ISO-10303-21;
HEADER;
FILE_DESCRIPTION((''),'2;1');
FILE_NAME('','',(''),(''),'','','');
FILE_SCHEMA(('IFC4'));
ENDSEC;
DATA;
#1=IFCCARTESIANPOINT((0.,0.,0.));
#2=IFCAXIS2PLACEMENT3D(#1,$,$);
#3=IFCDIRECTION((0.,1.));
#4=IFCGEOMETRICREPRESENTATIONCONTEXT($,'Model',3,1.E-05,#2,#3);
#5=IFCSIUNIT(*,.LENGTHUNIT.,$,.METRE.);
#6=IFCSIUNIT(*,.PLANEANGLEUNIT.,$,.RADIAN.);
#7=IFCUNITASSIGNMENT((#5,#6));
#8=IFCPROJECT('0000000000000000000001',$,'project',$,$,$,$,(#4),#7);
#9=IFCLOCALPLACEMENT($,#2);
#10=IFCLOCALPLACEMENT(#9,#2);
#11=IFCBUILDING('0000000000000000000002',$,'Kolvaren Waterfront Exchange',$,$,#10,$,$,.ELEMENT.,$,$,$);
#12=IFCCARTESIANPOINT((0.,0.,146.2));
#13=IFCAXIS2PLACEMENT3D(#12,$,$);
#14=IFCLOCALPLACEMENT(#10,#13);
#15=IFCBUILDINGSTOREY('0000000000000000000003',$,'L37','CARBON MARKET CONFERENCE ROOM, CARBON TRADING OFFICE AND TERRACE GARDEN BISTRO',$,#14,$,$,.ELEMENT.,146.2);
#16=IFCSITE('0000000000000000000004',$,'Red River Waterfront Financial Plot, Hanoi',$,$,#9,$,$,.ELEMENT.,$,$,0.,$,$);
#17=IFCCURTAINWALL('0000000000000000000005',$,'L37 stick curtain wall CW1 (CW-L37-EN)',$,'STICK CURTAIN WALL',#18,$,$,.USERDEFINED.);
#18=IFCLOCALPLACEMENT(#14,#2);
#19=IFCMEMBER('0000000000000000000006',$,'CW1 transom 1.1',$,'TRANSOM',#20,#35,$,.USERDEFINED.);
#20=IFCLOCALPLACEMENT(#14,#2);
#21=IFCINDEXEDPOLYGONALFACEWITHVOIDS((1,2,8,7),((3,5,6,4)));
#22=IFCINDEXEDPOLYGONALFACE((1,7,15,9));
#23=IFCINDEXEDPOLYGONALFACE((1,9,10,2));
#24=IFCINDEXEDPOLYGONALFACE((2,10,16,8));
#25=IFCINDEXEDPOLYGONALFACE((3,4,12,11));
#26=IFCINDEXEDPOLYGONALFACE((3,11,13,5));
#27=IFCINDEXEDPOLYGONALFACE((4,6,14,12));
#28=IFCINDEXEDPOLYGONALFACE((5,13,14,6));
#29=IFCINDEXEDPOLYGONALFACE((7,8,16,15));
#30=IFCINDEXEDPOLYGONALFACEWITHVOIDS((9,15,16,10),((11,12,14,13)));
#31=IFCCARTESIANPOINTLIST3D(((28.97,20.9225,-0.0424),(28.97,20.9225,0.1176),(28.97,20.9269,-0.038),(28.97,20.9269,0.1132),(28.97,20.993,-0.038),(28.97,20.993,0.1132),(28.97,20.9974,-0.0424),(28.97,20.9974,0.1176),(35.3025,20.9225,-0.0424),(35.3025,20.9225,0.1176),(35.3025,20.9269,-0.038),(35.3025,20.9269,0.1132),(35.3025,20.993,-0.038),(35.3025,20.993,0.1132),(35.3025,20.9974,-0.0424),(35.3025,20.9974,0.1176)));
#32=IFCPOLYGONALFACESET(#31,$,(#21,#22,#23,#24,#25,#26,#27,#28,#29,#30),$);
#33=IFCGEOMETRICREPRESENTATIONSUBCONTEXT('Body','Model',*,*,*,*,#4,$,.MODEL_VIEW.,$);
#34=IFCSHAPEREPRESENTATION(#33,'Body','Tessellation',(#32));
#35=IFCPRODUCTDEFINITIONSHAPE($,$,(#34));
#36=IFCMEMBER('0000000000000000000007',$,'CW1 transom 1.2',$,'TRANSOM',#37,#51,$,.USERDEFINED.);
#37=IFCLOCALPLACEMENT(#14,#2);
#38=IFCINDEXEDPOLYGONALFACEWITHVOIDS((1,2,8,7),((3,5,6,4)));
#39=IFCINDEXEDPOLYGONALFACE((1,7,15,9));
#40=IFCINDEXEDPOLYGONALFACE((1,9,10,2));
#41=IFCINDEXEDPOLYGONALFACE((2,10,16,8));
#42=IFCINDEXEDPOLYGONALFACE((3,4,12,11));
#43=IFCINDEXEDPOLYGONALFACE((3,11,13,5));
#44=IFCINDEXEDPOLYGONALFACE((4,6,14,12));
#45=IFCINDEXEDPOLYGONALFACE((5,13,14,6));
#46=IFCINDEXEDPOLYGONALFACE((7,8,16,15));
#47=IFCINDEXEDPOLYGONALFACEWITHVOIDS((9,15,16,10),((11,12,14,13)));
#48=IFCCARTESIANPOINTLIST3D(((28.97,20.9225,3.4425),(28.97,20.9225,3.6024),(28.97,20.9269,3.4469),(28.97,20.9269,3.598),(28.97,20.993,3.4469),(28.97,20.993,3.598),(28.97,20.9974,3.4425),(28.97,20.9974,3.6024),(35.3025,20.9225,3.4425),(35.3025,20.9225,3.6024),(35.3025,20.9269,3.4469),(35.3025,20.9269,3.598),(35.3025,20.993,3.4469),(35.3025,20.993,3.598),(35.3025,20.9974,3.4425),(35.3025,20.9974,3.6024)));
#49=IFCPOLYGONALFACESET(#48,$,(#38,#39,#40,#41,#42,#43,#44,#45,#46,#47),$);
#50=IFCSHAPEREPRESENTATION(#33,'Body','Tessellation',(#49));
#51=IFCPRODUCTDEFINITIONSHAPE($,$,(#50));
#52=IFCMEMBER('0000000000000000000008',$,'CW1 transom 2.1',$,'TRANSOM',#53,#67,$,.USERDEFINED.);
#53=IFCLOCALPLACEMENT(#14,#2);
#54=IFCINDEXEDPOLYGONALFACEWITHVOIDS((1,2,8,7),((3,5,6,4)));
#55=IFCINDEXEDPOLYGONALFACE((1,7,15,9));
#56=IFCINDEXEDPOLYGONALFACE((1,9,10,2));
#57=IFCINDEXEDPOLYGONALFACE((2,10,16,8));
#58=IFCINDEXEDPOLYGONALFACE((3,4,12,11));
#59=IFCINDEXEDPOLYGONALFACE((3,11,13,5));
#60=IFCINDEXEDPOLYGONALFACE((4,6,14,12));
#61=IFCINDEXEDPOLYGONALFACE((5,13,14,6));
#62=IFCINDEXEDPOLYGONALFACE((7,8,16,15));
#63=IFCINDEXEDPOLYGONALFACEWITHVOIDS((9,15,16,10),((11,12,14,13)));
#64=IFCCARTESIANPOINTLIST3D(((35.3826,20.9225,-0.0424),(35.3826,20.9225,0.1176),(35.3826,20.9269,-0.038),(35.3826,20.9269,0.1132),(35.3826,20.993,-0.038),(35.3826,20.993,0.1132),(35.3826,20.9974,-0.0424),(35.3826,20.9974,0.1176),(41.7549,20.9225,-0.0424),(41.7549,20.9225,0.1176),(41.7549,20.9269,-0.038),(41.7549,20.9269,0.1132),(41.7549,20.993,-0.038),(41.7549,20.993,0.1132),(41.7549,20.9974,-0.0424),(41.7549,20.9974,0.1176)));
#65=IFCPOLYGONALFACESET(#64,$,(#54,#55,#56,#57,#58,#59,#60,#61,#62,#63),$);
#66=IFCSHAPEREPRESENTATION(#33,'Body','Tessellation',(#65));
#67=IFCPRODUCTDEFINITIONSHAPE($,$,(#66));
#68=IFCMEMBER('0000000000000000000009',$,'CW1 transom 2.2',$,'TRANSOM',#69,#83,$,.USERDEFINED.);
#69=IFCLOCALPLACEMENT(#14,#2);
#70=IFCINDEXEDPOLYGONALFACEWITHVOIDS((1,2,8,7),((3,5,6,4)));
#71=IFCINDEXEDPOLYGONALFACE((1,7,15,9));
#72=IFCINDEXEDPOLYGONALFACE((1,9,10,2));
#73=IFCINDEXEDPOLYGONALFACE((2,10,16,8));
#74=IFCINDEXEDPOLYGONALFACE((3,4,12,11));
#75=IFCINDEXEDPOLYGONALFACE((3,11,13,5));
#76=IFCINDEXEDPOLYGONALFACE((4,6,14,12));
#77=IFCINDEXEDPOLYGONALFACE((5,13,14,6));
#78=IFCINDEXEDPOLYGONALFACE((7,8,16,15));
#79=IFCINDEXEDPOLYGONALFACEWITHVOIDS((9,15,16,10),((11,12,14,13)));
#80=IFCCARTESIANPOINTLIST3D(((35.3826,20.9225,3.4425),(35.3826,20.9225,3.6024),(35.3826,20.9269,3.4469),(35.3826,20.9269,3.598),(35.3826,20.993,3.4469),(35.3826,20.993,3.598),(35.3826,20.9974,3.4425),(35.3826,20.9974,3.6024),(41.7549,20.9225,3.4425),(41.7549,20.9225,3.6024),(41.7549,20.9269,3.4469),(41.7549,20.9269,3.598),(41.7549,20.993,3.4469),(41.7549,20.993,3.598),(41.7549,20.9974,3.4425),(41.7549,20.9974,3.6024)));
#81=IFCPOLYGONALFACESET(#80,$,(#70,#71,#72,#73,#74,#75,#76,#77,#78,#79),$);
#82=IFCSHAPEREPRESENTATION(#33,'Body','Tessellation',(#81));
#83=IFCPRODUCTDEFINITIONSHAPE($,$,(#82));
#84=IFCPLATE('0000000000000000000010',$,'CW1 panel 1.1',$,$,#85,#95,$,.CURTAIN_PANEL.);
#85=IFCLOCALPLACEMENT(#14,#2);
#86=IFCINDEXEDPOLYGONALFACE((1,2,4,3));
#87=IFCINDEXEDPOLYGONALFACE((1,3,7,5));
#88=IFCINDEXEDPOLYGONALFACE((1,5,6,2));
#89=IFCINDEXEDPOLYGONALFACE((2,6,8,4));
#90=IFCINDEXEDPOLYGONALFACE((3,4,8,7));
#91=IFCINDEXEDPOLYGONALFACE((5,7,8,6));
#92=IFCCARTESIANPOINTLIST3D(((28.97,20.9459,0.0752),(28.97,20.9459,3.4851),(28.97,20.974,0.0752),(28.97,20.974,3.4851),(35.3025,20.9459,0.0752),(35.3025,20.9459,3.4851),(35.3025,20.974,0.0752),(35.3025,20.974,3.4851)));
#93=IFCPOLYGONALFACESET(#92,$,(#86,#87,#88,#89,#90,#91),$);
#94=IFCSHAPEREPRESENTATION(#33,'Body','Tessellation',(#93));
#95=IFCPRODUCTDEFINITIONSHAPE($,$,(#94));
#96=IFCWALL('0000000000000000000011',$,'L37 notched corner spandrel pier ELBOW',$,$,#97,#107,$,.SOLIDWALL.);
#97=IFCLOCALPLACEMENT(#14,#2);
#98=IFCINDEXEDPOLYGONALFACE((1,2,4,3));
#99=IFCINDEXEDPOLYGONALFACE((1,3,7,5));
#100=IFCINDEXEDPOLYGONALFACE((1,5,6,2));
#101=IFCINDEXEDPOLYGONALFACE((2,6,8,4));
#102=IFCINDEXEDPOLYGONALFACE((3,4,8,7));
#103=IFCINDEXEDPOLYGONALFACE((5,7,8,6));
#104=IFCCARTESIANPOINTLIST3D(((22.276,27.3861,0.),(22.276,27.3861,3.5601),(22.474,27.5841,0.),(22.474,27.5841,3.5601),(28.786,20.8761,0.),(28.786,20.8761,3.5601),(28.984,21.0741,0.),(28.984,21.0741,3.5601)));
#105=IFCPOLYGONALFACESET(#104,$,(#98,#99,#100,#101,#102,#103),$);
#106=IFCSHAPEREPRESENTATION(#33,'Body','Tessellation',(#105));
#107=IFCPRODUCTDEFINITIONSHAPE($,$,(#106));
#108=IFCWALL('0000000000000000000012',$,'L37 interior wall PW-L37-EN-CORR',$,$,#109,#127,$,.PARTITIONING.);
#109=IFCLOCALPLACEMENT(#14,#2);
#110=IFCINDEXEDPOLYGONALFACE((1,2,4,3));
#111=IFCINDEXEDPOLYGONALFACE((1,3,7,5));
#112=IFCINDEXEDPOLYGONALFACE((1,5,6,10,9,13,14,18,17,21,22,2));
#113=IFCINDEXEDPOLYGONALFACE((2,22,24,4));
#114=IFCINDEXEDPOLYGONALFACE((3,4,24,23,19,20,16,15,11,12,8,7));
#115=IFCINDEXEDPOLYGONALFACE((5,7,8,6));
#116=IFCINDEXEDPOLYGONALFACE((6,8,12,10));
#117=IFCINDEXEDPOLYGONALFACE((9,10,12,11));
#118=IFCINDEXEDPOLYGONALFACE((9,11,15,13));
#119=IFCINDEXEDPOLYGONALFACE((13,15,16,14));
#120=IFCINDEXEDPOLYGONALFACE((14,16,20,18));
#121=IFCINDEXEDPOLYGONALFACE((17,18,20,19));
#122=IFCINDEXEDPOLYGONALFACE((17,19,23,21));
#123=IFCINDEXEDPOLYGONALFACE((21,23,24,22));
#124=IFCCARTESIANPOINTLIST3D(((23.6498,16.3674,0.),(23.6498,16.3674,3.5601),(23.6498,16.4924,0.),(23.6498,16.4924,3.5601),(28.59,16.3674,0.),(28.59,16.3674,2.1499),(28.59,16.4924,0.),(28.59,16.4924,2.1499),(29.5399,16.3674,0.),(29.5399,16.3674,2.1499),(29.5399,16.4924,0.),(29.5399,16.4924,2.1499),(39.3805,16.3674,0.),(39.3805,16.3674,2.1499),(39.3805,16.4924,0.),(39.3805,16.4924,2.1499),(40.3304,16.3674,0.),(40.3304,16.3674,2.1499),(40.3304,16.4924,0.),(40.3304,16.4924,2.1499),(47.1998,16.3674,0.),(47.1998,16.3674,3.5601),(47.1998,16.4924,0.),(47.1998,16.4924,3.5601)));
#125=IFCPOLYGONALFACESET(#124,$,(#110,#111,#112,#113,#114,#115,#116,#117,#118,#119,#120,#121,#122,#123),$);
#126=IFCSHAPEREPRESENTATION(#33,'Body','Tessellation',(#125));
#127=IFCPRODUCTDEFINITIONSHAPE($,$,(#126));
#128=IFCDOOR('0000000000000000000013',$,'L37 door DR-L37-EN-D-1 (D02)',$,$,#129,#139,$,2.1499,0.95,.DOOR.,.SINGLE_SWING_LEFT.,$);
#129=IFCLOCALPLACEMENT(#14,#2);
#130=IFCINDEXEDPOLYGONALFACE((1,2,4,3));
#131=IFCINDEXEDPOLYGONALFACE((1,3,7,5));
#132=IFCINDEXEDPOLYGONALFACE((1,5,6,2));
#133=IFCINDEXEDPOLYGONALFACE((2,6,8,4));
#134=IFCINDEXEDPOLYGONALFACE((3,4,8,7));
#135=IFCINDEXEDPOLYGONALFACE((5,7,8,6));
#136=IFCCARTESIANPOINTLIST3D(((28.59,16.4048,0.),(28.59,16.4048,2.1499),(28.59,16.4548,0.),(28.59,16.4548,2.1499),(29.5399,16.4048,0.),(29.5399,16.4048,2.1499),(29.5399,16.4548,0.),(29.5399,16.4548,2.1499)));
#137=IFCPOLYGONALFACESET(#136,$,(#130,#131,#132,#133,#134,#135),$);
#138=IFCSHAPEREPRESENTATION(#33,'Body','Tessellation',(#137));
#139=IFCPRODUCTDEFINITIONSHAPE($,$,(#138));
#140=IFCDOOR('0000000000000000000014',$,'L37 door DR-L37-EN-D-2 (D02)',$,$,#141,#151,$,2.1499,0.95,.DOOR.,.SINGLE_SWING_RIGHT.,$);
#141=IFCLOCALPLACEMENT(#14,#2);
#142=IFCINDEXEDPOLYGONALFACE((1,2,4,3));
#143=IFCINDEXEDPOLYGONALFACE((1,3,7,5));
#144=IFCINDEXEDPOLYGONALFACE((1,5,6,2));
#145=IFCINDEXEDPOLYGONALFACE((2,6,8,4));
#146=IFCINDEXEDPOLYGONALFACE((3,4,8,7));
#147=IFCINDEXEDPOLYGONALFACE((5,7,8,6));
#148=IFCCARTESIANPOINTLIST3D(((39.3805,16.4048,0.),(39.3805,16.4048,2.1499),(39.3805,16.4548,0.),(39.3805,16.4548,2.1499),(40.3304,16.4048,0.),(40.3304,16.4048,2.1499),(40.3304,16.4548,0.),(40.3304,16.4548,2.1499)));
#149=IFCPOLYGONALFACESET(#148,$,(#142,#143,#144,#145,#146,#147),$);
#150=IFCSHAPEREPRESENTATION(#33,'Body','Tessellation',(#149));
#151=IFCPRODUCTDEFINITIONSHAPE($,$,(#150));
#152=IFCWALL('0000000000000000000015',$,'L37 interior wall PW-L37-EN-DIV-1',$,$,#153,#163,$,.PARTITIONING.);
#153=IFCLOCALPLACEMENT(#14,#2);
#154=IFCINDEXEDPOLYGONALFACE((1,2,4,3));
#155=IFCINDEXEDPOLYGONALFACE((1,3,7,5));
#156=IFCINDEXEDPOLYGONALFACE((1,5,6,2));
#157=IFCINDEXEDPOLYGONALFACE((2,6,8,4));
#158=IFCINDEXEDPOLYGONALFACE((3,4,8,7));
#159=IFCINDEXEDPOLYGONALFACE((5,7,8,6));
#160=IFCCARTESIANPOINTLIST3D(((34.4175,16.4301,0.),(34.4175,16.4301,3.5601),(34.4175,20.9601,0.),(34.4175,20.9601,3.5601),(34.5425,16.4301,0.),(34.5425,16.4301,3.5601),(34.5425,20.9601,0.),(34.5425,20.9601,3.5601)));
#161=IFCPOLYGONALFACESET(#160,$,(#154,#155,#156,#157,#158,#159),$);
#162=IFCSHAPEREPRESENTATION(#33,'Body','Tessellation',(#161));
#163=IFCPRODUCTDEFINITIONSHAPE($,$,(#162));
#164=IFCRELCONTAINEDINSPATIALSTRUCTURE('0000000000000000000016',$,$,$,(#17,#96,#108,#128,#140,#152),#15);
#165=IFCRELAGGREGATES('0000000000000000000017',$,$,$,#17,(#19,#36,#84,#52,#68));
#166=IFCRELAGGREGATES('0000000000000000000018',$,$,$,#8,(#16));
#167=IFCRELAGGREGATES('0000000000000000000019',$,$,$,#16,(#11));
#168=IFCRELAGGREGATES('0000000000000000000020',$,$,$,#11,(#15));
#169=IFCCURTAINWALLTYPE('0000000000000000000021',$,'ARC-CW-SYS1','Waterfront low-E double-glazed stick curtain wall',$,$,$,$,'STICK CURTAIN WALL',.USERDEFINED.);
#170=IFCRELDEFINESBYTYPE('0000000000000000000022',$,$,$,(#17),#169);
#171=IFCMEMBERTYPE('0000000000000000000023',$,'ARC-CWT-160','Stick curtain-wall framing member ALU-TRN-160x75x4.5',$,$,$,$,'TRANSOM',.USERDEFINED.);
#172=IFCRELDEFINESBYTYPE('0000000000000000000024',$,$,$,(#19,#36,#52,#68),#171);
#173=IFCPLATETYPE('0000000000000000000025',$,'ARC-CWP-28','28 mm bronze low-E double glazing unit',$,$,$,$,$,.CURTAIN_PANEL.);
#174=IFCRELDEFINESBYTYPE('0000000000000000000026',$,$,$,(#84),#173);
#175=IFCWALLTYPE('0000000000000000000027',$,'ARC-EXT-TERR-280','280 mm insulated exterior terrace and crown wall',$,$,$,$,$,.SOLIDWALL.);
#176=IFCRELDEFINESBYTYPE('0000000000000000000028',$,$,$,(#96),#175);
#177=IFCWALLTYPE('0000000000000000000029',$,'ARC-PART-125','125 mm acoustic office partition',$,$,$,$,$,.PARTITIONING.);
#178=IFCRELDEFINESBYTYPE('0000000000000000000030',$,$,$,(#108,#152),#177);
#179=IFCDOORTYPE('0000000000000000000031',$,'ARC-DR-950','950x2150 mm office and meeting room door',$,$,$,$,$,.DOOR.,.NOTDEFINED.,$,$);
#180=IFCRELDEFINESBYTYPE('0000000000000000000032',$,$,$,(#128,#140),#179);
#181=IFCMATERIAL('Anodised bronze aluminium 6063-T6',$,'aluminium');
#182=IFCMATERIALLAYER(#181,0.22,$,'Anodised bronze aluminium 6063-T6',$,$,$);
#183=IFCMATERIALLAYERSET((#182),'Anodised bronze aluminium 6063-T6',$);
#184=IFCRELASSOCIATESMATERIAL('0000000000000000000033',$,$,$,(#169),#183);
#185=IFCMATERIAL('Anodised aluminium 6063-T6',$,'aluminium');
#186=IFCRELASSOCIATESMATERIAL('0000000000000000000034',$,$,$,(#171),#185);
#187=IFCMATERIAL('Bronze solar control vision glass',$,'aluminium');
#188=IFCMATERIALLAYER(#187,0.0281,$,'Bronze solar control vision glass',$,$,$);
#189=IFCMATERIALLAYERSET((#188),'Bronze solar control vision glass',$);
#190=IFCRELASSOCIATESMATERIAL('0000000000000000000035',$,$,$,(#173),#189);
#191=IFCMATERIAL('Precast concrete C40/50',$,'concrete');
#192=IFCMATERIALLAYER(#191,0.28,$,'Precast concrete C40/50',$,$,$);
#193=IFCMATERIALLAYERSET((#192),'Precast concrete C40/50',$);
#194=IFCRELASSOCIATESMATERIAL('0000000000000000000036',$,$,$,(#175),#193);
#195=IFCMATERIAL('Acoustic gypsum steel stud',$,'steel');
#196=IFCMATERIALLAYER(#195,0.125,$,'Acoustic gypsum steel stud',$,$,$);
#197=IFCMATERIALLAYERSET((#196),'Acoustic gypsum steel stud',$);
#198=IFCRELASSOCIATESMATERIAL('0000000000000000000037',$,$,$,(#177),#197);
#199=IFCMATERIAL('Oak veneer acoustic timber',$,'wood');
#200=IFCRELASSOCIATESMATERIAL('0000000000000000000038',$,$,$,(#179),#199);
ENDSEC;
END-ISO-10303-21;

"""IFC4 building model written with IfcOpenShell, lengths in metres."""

from ifc_helpers import new_model, si_unit, direction, frame, frame_2d, origin, origin_with_axes, origin_2d, place, context, subcontext, project, spatial, rectangle, hollow_rectangle, extrude, source, transform, mapped, material, layer, layer_set, material_profile, profile_set, type_object, element, fill, aggregate, save


model = new_model("IFC4")

# Units and contexts
model_context = context("Model", 3, precision=1e-05, world=origin(), true_north=direction((0.0, 1.0)))
body_context = subcontext(model_context, "Body", "Model", "MODEL_VIEW")
ifc_project = project(units=[si_unit("LENGTHUNIT", "METRE"), si_unit("PLANEANGLEUNIT", "RADIAN")], contexts=[model_context])

# Site, building, storey
site_placement = place(None, origin())
site = spatial("IfcSite", under=ifc_project, at=site_placement, Name="Red River Waterfront Financial Plot, Hanoi", CompositionType="ELEMENT", RefElevation=0.0)
building_placement = place(site_placement, origin())
building = spatial("IfcBuilding", under=site, at=building_placement, Name="Kolvaren Waterfront Exchange", CompositionType="ELEMENT")
storey_placement = place(building_placement, frame((0.0, 0.0, 146.2)))
storey = spatial("IfcBuildingStorey", under=building, at=storey_placement, Name="L37", Description="CARBON MARKET CONFERENCE ROOM, CARBON TRADING OFFICE AND TERRACE GARDEN BISTRO", CompositionType="ELEMENT", Elevation=146.2)

# Curtain wall, members, plate
ifc_material_1 = material(Name="Anodised bronze aluminium 6063-T6", Category="aluminium")
ifc_layer_1 = layer(ifc_material_1, 0.22, Name="Anodised bronze aluminium 6063-T6")
ifc_layer_set_1 = layer_set([ifc_layer_1], Name="Anodised bronze aluminium 6063-T6")
curtain_wall_type = type_object("IfcCurtainWallType", Name="ARC-CW-SYS1", Description="Waterfront low-E double-glazed stick curtain wall", ElementType="STICK CURTAIN WALL", PredefinedType="USERDEFINED", material=ifc_layer_set_1)
curtain_wall_placement = place(storey_placement, origin())
curtain_wall = element("IfcCurtainWall", 1, at=curtain_wall_placement, inside=storey, type_object=curtain_wall_type, Name="L37 stick curtain wall CW1 (CW-L37-EN)", ObjectType="STICK CURTAIN WALL", PredefinedType="USERDEFINED")
ifc_material_2 = material(Name="Anodised aluminium 6063-T6", Category="aluminium")
ifc_material_profile_1 = material_profile(ifc_material_2, hollow_rectangle(XDim=0.075, YDim=0.1599, WallThickness=0.0044, at=origin_2d()), Name="ALU-TRN-160x75x4.5")
ifc_profile_set_1 = profile_set([ifc_material_profile_1], Name="Anodised aluminium 6063-T6")
member_type_1 = type_object("IfcMemberType", Name="ARC-CWT-160", Description="Stick curtain-wall framing member ALU-TRN-160x75x4.5", ElementType="TRANSOM", PredefinedType="USERDEFINED", material=ifc_profile_set_1)
shared_shape_1 = source(origin_with_axes(), body_context, "Body", "SweptSolid", [
    extrude(hollow_rectangle(XDim=0.075, YDim=0.1599, WallThickness=0.0044, at=origin_2d()), origin(), (0.0, 0.0, 1.0), 6.3325),
])
member_1_placement = place(storey_placement, frame((28.97, 20.96, 0.0376), z_axis=(1.0, 0.0, 0.0), x_axis=(0.0, 1.0, 0.0)))
member_1 = element("IfcMember", 2, at=member_1_placement, type_object=member_type_1, Name="CW1 transom 1.1", ObjectType="TRANSOM", PredefinedType="USERDEFINED", context=body_context, shape_type="MappedRepresentation", body=[
    mapped(shared_shape_1, transform((0.0, 0.0, 0.0), x_axis=(1.0, 0.0, 0.0), y_axis=(0.0, 1.0, 0.0), z_axis=(0.0, 0.0, 1.0), scale=1.0)),
])
member_2_placement = place(storey_placement, frame((28.97, 20.96, 3.5225), z_axis=(1.0, 0.0, 0.0), x_axis=(0.0, 1.0, 0.0)))
member_2 = element("IfcMember", 3, at=member_2_placement, type_object=member_type_1, Name="CW1 transom 1.2", ObjectType="TRANSOM", PredefinedType="USERDEFINED", context=body_context, shape_type="MappedRepresentation", body=[
    mapped(shared_shape_1, transform((0.0, 0.0, 0.0), x_axis=(1.0, 0.0, 0.0), y_axis=(0.0, 1.0, 0.0), z_axis=(0.0, 0.0, 1.0), scale=1.0)),
])
shared_shape_2 = source(origin_with_axes(), body_context, "Body", "SweptSolid", [
    extrude(hollow_rectangle(XDim=0.075, YDim=0.1599, WallThickness=0.0044, at=origin_2d()), origin(), (0.0, 0.0, 1.0), 6.3723),
])
member_3_placement = place(storey_placement, frame((35.3826, 20.96, 0.0376), z_axis=(1.0, 0.0, 0.0), x_axis=(0.0, 1.0, 0.0)))
member_3 = element("IfcMember", 4, at=member_3_placement, type_object=member_type_1, Name="CW1 transom 2.1", ObjectType="TRANSOM", PredefinedType="USERDEFINED", context=body_context, shape_type="MappedRepresentation", body=[
    mapped(shared_shape_2, transform((0.0, 0.0, 0.0), x_axis=(1.0, 0.0, 0.0), y_axis=(0.0, 1.0, 0.0), z_axis=(0.0, 0.0, 1.0), scale=1.0)),
])
member_4_placement = place(storey_placement, frame((35.3826, 20.96, 3.5225), z_axis=(1.0, 0.0, 0.0), x_axis=(0.0, 1.0, 0.0)))
member_4 = element("IfcMember", 5, at=member_4_placement, type_object=member_type_1, Name="CW1 transom 2.2", ObjectType="TRANSOM", PredefinedType="USERDEFINED", context=body_context, shape_type="MappedRepresentation", body=[
    mapped(shared_shape_2, transform((0.0, 0.0, 0.0), x_axis=(1.0, 0.0, 0.0), y_axis=(0.0, 1.0, 0.0), z_axis=(0.0, 0.0, 1.0), scale=1.0)),
])
ifc_material_3 = material(Name="Bronze solar control vision glass", Category="aluminium")
ifc_layer_2 = layer(ifc_material_3, 0.0281, Name="Bronze solar control vision glass")
ifc_layer_set_2 = layer_set([ifc_layer_2], Name="Bronze solar control vision glass")
plate_type = type_object("IfcPlateType", Name="ARC-CWP-28", Description="28 mm bronze low-E double glazing unit", PredefinedType="CURTAIN_PANEL", material=ifc_layer_set_2)
shared_shape_3 = source(origin_with_axes(), body_context, "Body", "SweptSolid", [
    extrude(rectangle(XDim=6.3325, YDim=0.0281, at=origin_2d()), origin(), (0.0, 0.0, 1.0), 3.4099),
])
plate_placement = place(storey_placement, frame((32.1362, 20.96, 0.0752), z_axis=(0.0, 0.0, 1.0), x_axis=(1.0, 0.0, 0.0)))
plate = element("IfcPlate", 6, at=plate_placement, type_object=plate_type, Name="CW1 panel 1.1", PredefinedType="CURTAIN_PANEL", context=body_context, shape_type="MappedRepresentation", body=[
    mapped(shared_shape_3, transform((0.0, 0.0, 0.0), x_axis=(1.0, 0.0, 0.0), y_axis=(0.0, 1.0, 0.0), z_axis=(0.0, 0.0, 1.0), scale=1.0)),
])
aggregate(curtain_wall, [member_1, member_2, plate, member_3, member_4])

# Wall
ifc_material_4 = material(Name="Precast concrete C40/50", Category="concrete")
ifc_layer_3 = layer(ifc_material_4, 0.28, Name="Precast concrete C40/50")
ifc_layer_set_3 = layer_set([ifc_layer_3], Name="Precast concrete C40/50")
wall_type_1 = type_object("IfcWallType", Name="ARC-EXT-TERR-280", Description="280 mm insulated exterior terrace and crown wall", PredefinedType="SOLIDWALL", material=ifc_layer_set_3)
wall_1_placement = place(storey_placement, frame((28.885, 20.9751, 0.0), z_axis=(0.0, 0.0, 1.0), x_axis=(-0.707107, 0.707107, 0.0)))
element("IfcWall", 7, at=wall_1_placement, inside=storey, type_object=wall_type_1, Name="L37 notched corner spandrel pier ELBOW", PredefinedType="SOLIDWALL", context=body_context, shape_type="SweptSolid", body=[
    extrude(rectangle(XDim=9.2065, YDim=0.28, at=frame_2d((4.6033, 0.0))), origin(), (0.0, 0.0, 1.0), 3.5601),
])

# Wall, openings, doors
ifc_material_5 = material(Name="Acoustic gypsum steel stud", Category="steel")
ifc_layer_4 = layer(ifc_material_5, 0.125, Name="Acoustic gypsum steel stud")
ifc_layer_set_4 = layer_set([ifc_layer_4], Name="Acoustic gypsum steel stud")
wall_type_2 = type_object("IfcWallType", Name="ARC-PART-125", Description="125 mm acoustic office partition", PredefinedType="PARTITIONING", material=ifc_layer_set_4)
wall_2_placement = place(storey_placement, frame((23.6499, 16.4299, 0.0), z_axis=(0.0, 0.0, 1.0), x_axis=(1.0, 0.0, 0.0)))
wall_2 = element("IfcWall", 8, at=wall_2_placement, inside=storey, type_object=wall_type_2, Name="L37 interior wall PW-L37-EN-CORR", PredefinedType="PARTITIONING", context=body_context, shape_type="SweptSolid", body=[
    extrude(rectangle(XDim=23.55, YDim=0.125, at=frame_2d((11.7749, 0.0))), origin(), (0.0, 0.0, 1.0), 3.5601),
])
opening_1_placement = place(wall_2_placement, frame((4.9399, 0.0, 0.0)))
opening_1 = element("IfcOpeningElement", 9, at=opening_1_placement, cuts=wall_2, PredefinedType="OPENING", context=body_context, shape_type="SweptSolid", body=[
    extrude(rectangle(XDim=0.95, YDim=2.1499, at=frame_2d((0.4751, 1.075))), frame((0.0, 0.0725, 0.0), z_axis=(0.0, -1.0, 0.0), x_axis=(1.0, 0.0, 0.0)), (0.0, 0.0, 1.0), 0.145),
])
opening_2_placement = place(wall_2_placement, frame((15.7305, 0.0, 0.0)))
opening_2 = element("IfcOpeningElement", 10, at=opening_2_placement, cuts=wall_2, PredefinedType="OPENING", context=body_context, shape_type="SweptSolid", body=[
    extrude(rectangle(XDim=0.95, YDim=2.1499, at=frame_2d((0.4751, 1.075))), frame((0.0, 0.0725, 0.0), z_axis=(0.0, -1.0, 0.0), x_axis=(1.0, 0.0, 0.0)), (0.0, 0.0, 1.0), 0.145),
])
ifc_material_6 = material(Name="Oak veneer acoustic timber", Category="wood")
door_type_1 = type_object("IfcDoorType", Name="ARC-DR-950", Description="950x2150 mm office and meeting room door", OperationType="NOTDEFINED", PredefinedType="DOOR", material=ifc_material_6)
door_1_placement = place(opening_1_placement, origin())
door_1 = element("IfcDoor", 11, at=door_1_placement, inside=storey, type_object=door_type_1, Name="L37 door DR-L37-EN-D-1 (D02)", OperationType="SINGLE_SWING_LEFT", OverallHeight=2.1499, OverallWidth=0.95, PredefinedType="DOOR", context=body_context, shape_type="SweptSolid", body=[
    extrude(rectangle(XDim=0.95, YDim=2.1499, at=frame_2d((0.4751, 1.075))), frame((0.0, 0.0249, 0.0), z_axis=(0.0, -1.0, 0.0), x_axis=(1.0, 0.0, 0.0)), (0.0, 0.0, 1.0), 0.05),
])
fill(opening_1, door_1)
door_2_placement = place(opening_2_placement, origin())
door_2 = element("IfcDoor", 12, at=door_2_placement, inside=storey, type_object=door_type_1, Name="L37 door DR-L37-EN-D-2 (D02)", OperationType="SINGLE_SWING_RIGHT", OverallHeight=2.1499, OverallWidth=0.95, PredefinedType="DOOR", context=body_context, shape_type="SweptSolid", body=[
    extrude(rectangle(XDim=0.95, YDim=2.1499, at=frame_2d((0.4751, 1.075))), frame((0.0, 0.0249, 0.0), z_axis=(0.0, -1.0, 0.0), x_axis=(1.0, 0.0, 0.0)), (0.0, 0.0, 1.0), 0.05),
])
fill(opening_2, door_2)

# Wall
wall_3_placement = place(storey_placement, frame((34.48, 16.4299, 0.0), z_axis=(0.0, 0.0, 1.0), x_axis=(0.0, 1.0, 0.0)))
element("IfcWall", 13, at=wall_3_placement, inside=storey, type_object=wall_type_2, Name="L37 interior wall PW-L37-EN-DIV-1", PredefinedType="PARTITIONING", context=body_context, shape_type="SweptSolid", body=[
    extrude(rectangle(XDim=4.53, YDim=0.125, at=frame_2d((2.2651, 0.0))), origin(), (0.0, 0.0, 1.0), 3.5601),
])

save(model, "model.ifc")
